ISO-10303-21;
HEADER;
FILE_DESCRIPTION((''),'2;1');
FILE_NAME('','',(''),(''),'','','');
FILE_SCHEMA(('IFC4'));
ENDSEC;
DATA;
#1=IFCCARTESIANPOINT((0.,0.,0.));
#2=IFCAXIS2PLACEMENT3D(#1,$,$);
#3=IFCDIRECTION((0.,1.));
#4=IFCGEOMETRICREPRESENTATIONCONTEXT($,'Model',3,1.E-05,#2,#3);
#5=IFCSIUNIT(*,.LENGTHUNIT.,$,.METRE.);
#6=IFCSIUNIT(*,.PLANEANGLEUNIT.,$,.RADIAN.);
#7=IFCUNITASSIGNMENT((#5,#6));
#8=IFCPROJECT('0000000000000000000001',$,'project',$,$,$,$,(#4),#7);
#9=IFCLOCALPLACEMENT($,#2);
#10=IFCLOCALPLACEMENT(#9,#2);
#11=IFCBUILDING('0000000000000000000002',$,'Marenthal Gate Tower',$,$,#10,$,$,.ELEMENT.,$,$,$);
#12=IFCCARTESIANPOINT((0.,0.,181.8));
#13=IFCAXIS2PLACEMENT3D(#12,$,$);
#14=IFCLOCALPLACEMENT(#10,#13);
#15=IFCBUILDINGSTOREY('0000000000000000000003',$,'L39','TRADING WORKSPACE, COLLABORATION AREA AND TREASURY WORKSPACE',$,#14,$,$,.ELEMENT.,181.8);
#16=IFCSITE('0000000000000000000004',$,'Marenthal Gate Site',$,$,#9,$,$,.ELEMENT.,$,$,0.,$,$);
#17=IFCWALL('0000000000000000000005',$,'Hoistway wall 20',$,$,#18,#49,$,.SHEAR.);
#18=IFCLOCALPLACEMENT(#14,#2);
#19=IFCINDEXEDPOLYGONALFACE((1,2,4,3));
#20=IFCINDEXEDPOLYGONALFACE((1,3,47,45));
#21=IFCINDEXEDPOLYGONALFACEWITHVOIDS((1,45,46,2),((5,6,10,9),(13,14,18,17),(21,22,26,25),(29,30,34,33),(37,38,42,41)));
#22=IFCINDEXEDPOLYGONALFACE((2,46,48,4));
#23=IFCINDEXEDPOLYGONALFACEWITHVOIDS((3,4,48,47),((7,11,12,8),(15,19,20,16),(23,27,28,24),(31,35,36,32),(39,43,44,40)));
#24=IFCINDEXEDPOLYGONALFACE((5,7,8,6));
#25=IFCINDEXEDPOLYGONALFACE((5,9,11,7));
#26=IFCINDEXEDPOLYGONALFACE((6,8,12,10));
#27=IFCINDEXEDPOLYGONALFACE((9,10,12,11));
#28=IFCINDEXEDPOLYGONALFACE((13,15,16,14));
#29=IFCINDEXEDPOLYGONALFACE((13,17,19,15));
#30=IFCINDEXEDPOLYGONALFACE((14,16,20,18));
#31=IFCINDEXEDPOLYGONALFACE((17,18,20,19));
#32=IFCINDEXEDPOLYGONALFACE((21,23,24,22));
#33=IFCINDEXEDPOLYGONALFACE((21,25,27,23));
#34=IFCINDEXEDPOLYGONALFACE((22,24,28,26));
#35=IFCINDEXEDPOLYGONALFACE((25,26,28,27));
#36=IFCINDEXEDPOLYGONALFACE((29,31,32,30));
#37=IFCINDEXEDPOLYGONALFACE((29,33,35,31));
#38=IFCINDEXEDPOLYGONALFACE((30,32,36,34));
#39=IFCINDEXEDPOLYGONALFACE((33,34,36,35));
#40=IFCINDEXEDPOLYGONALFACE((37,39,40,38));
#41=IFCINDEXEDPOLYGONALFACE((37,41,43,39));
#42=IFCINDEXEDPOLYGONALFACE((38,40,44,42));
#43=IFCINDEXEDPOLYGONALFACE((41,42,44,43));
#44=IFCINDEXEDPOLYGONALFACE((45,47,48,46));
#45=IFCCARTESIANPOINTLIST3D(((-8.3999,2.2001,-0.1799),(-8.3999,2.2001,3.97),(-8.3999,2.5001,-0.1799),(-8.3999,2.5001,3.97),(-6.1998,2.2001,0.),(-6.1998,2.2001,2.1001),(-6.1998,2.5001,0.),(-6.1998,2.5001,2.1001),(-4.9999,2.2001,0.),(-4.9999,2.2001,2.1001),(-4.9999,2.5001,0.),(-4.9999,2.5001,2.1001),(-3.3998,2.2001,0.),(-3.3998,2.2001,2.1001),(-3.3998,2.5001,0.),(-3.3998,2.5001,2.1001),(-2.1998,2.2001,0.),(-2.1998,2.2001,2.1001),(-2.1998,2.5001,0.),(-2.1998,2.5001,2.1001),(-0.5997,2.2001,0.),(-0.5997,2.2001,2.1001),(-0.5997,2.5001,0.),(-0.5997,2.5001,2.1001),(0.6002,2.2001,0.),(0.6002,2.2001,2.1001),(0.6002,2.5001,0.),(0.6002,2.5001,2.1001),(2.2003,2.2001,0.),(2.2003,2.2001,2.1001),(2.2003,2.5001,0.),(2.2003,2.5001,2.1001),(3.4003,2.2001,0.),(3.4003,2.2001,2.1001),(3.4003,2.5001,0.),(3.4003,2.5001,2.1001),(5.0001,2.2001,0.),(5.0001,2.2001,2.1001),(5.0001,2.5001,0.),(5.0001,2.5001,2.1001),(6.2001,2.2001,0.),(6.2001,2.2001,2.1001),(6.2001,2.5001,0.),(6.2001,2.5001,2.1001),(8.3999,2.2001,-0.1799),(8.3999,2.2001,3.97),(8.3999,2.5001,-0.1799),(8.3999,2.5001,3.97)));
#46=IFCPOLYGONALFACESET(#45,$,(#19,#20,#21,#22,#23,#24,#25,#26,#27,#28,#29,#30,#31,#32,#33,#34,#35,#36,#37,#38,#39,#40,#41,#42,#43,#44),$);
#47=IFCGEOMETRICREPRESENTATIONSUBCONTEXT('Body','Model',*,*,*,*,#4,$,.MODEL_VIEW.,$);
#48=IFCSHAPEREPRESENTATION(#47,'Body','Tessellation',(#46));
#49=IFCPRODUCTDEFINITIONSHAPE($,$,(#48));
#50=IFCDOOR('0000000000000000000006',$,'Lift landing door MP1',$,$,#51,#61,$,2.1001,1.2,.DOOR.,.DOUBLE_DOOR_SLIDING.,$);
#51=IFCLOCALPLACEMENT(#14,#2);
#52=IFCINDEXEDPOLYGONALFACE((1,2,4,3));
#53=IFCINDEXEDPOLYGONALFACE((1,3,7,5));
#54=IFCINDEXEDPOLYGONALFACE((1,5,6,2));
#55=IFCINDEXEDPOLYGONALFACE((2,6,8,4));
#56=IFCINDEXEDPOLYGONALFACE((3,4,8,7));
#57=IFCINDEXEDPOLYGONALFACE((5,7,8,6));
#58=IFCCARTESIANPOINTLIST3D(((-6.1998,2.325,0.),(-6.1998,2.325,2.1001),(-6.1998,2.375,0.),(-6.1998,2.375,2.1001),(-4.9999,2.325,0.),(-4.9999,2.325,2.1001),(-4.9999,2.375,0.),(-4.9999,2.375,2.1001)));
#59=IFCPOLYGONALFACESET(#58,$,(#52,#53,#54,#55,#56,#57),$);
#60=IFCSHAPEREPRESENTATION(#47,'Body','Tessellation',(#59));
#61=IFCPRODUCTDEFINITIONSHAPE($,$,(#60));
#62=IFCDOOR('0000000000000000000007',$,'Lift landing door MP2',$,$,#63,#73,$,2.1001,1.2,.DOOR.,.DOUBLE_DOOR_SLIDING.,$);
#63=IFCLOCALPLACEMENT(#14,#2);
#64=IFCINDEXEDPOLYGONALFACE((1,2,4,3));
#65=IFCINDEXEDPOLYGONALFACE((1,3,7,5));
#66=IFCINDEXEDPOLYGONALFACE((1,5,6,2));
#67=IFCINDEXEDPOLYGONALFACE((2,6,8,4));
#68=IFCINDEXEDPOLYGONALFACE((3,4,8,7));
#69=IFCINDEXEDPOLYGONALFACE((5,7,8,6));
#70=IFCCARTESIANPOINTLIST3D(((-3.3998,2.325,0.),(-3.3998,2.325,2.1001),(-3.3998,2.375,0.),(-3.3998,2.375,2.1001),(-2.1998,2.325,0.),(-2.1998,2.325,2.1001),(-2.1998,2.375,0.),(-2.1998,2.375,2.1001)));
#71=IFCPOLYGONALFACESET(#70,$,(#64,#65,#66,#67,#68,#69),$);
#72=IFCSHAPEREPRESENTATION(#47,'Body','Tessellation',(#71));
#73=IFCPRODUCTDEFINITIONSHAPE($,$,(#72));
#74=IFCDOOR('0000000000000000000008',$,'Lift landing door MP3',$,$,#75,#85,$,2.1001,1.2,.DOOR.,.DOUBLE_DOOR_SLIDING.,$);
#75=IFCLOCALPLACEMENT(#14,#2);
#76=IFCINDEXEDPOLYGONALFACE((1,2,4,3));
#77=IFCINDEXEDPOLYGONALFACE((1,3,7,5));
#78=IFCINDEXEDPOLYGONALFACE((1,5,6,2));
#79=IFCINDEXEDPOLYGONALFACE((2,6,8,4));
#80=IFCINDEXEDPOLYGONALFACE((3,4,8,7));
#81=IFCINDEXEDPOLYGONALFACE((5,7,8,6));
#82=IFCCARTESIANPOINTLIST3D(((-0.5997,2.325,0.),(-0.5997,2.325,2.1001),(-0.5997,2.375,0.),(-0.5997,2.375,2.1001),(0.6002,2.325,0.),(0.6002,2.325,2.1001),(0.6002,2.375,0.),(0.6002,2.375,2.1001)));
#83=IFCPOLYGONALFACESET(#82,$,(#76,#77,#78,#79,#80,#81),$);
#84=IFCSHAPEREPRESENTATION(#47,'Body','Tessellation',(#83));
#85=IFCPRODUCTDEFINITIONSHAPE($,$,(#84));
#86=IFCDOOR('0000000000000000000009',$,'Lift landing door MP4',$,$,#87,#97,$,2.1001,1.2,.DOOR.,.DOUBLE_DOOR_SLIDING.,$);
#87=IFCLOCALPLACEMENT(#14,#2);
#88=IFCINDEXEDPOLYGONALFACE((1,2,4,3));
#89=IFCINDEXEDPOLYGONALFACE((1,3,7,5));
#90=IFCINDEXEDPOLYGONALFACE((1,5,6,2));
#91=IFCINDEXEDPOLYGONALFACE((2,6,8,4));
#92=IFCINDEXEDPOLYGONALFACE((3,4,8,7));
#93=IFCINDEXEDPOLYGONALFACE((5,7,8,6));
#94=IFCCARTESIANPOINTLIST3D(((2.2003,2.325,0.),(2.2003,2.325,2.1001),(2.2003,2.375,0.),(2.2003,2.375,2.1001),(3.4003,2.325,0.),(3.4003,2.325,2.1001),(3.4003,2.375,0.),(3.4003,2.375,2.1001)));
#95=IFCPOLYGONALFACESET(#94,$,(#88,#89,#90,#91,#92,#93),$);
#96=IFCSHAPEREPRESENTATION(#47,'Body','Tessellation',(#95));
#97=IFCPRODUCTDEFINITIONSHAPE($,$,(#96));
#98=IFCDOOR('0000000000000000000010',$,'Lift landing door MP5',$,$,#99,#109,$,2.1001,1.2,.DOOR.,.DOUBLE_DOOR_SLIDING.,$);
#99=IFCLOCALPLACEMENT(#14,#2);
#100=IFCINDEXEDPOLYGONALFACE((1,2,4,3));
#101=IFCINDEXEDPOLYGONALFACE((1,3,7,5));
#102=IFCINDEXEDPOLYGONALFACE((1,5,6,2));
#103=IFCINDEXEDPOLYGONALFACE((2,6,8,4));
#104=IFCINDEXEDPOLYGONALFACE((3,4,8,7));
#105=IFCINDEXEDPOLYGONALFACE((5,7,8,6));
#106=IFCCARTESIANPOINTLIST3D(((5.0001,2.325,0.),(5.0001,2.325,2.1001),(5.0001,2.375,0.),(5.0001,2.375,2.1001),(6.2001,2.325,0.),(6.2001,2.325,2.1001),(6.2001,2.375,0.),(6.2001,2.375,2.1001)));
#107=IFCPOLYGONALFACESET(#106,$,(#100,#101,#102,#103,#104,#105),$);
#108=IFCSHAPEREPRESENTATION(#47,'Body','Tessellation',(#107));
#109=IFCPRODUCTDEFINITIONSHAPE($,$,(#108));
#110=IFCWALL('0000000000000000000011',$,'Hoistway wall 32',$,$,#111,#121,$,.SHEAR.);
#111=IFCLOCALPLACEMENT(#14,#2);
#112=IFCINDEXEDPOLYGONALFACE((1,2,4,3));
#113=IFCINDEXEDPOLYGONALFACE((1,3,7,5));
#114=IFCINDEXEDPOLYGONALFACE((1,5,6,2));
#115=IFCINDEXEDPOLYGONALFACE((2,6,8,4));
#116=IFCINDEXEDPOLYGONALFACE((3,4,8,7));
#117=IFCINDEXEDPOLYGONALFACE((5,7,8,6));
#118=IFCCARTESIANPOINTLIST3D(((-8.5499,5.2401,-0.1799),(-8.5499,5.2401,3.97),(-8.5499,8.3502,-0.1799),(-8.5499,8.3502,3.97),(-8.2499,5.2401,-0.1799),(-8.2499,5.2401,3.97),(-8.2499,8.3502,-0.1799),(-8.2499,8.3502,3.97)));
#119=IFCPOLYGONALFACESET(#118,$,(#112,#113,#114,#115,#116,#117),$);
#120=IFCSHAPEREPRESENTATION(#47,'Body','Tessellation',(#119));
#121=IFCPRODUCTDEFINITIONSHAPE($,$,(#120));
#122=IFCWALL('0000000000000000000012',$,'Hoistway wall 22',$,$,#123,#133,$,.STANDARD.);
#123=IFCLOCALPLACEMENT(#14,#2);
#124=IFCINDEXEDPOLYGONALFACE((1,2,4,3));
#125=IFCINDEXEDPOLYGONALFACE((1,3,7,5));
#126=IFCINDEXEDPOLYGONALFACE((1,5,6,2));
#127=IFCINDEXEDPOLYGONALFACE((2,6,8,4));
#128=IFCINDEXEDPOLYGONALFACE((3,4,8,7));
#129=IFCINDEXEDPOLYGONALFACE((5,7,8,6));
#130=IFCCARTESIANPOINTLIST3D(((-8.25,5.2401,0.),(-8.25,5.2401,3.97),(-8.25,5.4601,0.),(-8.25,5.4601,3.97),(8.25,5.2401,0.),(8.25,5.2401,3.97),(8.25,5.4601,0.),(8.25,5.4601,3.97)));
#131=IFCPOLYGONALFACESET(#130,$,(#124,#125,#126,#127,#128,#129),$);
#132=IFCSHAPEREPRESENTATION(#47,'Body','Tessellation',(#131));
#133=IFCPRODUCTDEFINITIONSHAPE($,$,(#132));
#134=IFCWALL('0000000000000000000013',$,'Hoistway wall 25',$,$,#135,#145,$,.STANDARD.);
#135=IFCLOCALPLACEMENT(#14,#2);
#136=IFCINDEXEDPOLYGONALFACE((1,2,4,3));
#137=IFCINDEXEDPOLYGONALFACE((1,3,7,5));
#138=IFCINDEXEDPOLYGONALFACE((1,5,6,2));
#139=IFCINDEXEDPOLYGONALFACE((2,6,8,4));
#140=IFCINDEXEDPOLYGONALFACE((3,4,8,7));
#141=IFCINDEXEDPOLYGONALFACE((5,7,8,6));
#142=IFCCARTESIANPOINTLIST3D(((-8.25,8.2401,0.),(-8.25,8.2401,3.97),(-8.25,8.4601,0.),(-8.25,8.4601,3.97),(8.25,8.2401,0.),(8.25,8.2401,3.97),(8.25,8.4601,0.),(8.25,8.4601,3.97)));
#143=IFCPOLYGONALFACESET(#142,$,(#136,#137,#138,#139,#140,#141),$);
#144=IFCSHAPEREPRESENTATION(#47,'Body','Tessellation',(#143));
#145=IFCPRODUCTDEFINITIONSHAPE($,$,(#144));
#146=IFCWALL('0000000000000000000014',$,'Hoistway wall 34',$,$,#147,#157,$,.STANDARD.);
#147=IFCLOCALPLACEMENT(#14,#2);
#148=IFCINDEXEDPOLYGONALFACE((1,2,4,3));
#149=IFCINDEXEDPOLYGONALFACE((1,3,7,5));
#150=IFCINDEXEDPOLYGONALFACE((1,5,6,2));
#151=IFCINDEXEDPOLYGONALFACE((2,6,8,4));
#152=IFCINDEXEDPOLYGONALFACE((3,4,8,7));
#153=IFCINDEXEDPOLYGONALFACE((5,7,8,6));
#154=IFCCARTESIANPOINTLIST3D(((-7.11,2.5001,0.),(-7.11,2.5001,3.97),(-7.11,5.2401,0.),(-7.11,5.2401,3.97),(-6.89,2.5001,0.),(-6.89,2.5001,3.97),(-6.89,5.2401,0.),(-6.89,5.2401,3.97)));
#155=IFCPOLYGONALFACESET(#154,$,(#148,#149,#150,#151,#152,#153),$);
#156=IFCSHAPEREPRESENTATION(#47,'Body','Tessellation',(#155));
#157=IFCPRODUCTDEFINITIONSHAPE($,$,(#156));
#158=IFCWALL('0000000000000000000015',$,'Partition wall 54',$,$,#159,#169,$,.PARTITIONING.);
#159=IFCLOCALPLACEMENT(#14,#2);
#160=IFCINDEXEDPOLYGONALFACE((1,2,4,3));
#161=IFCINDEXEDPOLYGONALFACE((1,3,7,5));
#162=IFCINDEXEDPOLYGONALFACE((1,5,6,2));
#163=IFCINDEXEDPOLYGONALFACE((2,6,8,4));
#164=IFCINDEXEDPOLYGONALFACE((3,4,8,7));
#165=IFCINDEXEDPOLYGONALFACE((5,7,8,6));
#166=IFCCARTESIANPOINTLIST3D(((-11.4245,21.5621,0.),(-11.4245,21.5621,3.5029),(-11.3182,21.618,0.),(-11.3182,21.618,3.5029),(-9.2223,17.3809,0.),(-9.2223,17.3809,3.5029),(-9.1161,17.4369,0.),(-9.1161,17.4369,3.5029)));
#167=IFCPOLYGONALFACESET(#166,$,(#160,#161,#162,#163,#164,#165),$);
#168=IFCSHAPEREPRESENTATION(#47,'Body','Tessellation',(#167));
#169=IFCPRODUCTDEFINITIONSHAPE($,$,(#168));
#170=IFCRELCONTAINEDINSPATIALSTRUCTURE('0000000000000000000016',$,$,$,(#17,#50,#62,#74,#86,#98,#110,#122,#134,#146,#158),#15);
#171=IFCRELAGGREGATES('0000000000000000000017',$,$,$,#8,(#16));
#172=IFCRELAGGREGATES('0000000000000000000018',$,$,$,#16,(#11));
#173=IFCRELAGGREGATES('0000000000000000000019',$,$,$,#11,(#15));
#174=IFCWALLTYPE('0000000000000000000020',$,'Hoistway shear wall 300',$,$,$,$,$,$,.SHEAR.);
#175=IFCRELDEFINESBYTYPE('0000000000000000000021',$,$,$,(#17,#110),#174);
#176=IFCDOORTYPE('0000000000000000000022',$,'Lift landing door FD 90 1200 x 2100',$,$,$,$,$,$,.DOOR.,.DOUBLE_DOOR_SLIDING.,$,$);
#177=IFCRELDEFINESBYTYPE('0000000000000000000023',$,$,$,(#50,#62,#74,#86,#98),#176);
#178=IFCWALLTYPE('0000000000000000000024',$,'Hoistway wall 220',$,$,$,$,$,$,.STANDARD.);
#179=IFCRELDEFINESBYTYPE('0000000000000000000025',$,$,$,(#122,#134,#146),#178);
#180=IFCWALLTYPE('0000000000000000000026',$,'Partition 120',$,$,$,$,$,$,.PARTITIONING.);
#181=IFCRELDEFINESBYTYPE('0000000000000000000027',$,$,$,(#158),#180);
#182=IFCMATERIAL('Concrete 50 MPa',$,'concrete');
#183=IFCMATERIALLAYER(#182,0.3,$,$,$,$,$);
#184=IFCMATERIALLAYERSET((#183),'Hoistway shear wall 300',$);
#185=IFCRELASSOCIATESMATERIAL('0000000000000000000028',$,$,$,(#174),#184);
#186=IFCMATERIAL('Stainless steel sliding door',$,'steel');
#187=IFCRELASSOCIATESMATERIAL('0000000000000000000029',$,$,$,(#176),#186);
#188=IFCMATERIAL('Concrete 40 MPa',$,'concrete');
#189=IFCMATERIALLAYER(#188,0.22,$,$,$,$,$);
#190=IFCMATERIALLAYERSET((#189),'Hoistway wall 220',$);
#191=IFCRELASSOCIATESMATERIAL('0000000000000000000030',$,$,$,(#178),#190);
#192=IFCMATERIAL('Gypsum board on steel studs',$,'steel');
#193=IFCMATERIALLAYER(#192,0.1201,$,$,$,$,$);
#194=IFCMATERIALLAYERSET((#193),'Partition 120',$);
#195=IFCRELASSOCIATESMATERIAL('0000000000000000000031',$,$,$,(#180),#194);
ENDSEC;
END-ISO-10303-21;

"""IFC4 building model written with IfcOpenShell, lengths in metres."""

from ifc_helpers import new_model, si_unit, direction, frame, frame_2d, origin, place, context, subcontext, project, spatial, rectangle, extrude, material, layer, layer_set, type_object, element, fill, save


model = new_model("IFC4")

# Units and contexts
model_context = context("Model", 3, precision=1e-05, world=origin(), true_north=direction((0.0, 1.0)))
body_context = subcontext(model_context, "Body", "Model", "MODEL_VIEW")
ifc_project = project(units=[si_unit("LENGTHUNIT", "METRE"), si_unit("PLANEANGLEUNIT", "RADIAN")], contexts=[model_context])

# Site, building, storey
site_placement = place(None, origin())
site = spatial("IfcSite", under=ifc_project, at=site_placement, Name="Marenthal Gate Site", CompositionType="ELEMENT", RefElevation=0.0)
building_placement = place(site_placement, origin())
building = spatial("IfcBuilding", under=site, at=building_placement, Name="Marenthal Gate Tower", CompositionType="ELEMENT")
storey_placement = place(building_placement, frame((0.0, 0.0, 181.8)))
storey = spatial("IfcBuildingStorey", under=building, at=storey_placement, Name="L39", Description="TRADING WORKSPACE, COLLABORATION AREA AND TREASURY WORKSPACE", CompositionType="ELEMENT", Elevation=181.8)

# Wall, openings, doors
ifc_material_1 = material(Name="Concrete 50 MPa", Category="concrete")
ifc_layer_1 = layer(ifc_material_1, 0.3)
ifc_layer_set_1 = layer_set([ifc_layer_1], Name="Hoistway shear wall 300")
wall_type_1 = type_object("IfcWallType", Name="Hoistway shear wall 300", PredefinedType="SHEAR", material=ifc_layer_set_1)
wall_1_placement = place(storey_placement, frame((-8.3999, 2.3501, -0.1799), z_axis=(0.0, 0.0, 1.0), x_axis=(1.0, 0.0, 0.0)))
wall_1 = element("IfcWall", 1, at=wall_1_placement, inside=storey, type_object=wall_type_1, Name="Hoistway wall 20", PredefinedType="SHEAR", context=body_context, shape_type="SweptSolid", body=[
    extrude(rectangle(XDim=16.7998, YDim=0.3, at=frame_2d((8.3999, 0.0))), origin(), (0.0, 0.0, 1.0), 4.1499),
])
opening_1_placement = place(wall_1_placement, frame((2.2, 0.0, 0.1799)))
opening_1 = element("IfcOpeningElement", 2, at=opening_1_placement, cuts=wall_1, PredefinedType="OPENING", context=body_context, shape_type="SweptSolid", body=[
    extrude(rectangle(XDim=1.2, YDim=2.1001, at=frame_2d((0.6001, 1.05))), frame((0.0, 0.1602, 0.0), z_axis=(0.0, -1.0, 0.0), x_axis=(1.0, 0.0, 0.0)), (0.0, 0.0, 1.0), 0.3201),
])
opening_2_placement = place(wall_1_placement, frame((5.0, 0.0, 0.1799)))
opening_2 = element("IfcOpeningElement", 3, at=opening_2_placement, cuts=wall_1, PredefinedType="OPENING", context=body_context, shape_type="SweptSolid", body=[
    extrude(rectangle(XDim=1.2, YDim=2.1001, at=frame_2d((0.6001, 1.05))), frame((0.0, 0.1602, 0.0), z_axis=(0.0, -1.0, 0.0), x_axis=(1.0, 0.0, 0.0)), (0.0, 0.0, 1.0), 0.3201),
])
opening_3_placement = place(wall_1_placement, frame((7.8, 0.0, 0.1799)))
opening_3 = element("IfcOpeningElement", 4, at=opening_3_placement, cuts=wall_1, PredefinedType="OPENING", context=body_context, shape_type="SweptSolid", body=[
    extrude(rectangle(XDim=1.2, YDim=2.1001, at=frame_2d((0.6001, 1.05))), frame((0.0, 0.1602, 0.0), z_axis=(0.0, -1.0, 0.0), x_axis=(1.0, 0.0, 0.0)), (0.0, 0.0, 1.0), 0.3201),
])
opening_4_placement = place(wall_1_placement, frame((10.6001, 0.0, 0.1799)))
opening_4 = element("IfcOpeningElement", 5, at=opening_4_placement, cuts=wall_1, PredefinedType="OPENING", context=body_context, shape_type="SweptSolid", body=[
    extrude(rectangle(XDim=1.2, YDim=2.1001, at=frame_2d((0.6001, 1.05))), frame((0.0, 0.1602, 0.0), z_axis=(0.0, -1.0, 0.0), x_axis=(1.0, 0.0, 0.0)), (0.0, 0.0, 1.0), 0.3201),
])
opening_5_placement = place(wall_1_placement, frame((13.3999, 0.0, 0.1799)))
opening_5 = element("IfcOpeningElement", 6, at=opening_5_placement, cuts=wall_1, PredefinedType="OPENING", context=body_context, shape_type="SweptSolid", body=[
    extrude(rectangle(XDim=1.2, YDim=2.1001, at=frame_2d((0.6001, 1.05))), frame((0.0, 0.1602, 0.0), z_axis=(0.0, -1.0, 0.0), x_axis=(1.0, 0.0, 0.0)), (0.0, 0.0, 1.0), 0.3201),
])
ifc_material_2 = material(Name="Stainless steel sliding door", Category="steel")
door_type = type_object("IfcDoorType", Name="Lift landing door FD 90 1200 x 2100", OperationType="DOUBLE_DOOR_SLIDING", PredefinedType="DOOR", material=ifc_material_2)
door_1_placement = place(opening_1_placement, origin())
door_1 = element("IfcDoor", 7, at=door_1_placement, inside=storey, type_object=door_type, Name="Lift landing door MP1", OperationType="DOUBLE_DOOR_SLIDING", OverallHeight=2.1001, OverallWidth=1.2, PredefinedType="DOOR", context=body_context, shape_type="SweptSolid", body=[
    extrude(rectangle(XDim=1.2, YDim=2.1001, at=frame_2d((0.6001, 1.05))), frame((0.0, 0.0249, 0.0), z_axis=(0.0, -1.0, 0.0), x_axis=(1.0, 0.0, 0.0)), (0.0, 0.0, 1.0), 0.05),
])
fill(opening_1, door_1)
door_2_placement = place(opening_2_placement, origin())
door_2 = element("IfcDoor", 8, at=door_2_placement, inside=storey, type_object=door_type, Name="Lift landing door MP2", OperationType="DOUBLE_DOOR_SLIDING", OverallHeight=2.1001, OverallWidth=1.2, PredefinedType="DOOR", context=body_context, shape_type="SweptSolid", body=[
    extrude(rectangle(XDim=1.2, YDim=2.1001, at=frame_2d((0.6001, 1.05))), frame((0.0, 0.0249, 0.0), z_axis=(0.0, -1.0, 0.0), x_axis=(1.0, 0.0, 0.0)), (0.0, 0.0, 1.0), 0.05),
])
fill(opening_2, door_2)
door_3_placement = place(opening_3_placement, origin())
door_3 = element("IfcDoor", 9, at=door_3_placement, inside=storey, type_object=door_type, Name="Lift landing door MP3", OperationType="DOUBLE_DOOR_SLIDING", OverallHeight=2.1001, OverallWidth=1.2, PredefinedType="DOOR", context=body_context, shape_type="SweptSolid", body=[
    extrude(rectangle(XDim=1.2, YDim=2.1001, at=frame_2d((0.6001, 1.05))), frame((0.0, 0.0249, 0.0), z_axis=(0.0, -1.0, 0.0), x_axis=(1.0, 0.0, 0.0)), (0.0, 0.0, 1.0), 0.05),
])
fill(opening_3, door_3)
door_4_placement = place(opening_4_placement, origin())
door_4 = element("IfcDoor", 10, at=door_4_placement, inside=storey, type_object=door_type, Name="Lift landing door MP4", OperationType="DOUBLE_DOOR_SLIDING", OverallHeight=2.1001, OverallWidth=1.2, PredefinedType="DOOR", context=body_context, shape_type="SweptSolid", body=[
    extrude(rectangle(XDim=1.2, YDim=2.1001, at=frame_2d((0.6001, 1.05))), frame((0.0, 0.0249, 0.0), z_axis=(0.0, -1.0, 0.0), x_axis=(1.0, 0.0, 0.0)), (0.0, 0.0, 1.0), 0.05),
])
fill(opening_4, door_4)
door_5_placement = place(opening_5_placement, origin())
door_5 = element("IfcDoor", 11, at=door_5_placement, inside=storey, type_object=door_type, Name="Lift landing door MP5", OperationType="DOUBLE_DOOR_SLIDING", OverallHeight=2.1001, OverallWidth=1.2, PredefinedType="DOOR", context=body_context, shape_type="SweptSolid", body=[
    extrude(rectangle(XDim=1.2, YDim=2.1001, at=frame_2d((0.6001, 1.05))), frame((0.0, 0.0249, 0.0), z_axis=(0.0, -1.0, 0.0), x_axis=(1.0, 0.0, 0.0)), (0.0, 0.0, 1.0), 0.05),
])
fill(opening_5, door_5)

# Walls
wall_2_placement = place(storey_placement, frame((-8.3999, 5.24, -0.1799), z_axis=(0.0, 0.0, 1.0), x_axis=(0.0, 1.0, 0.0)))
element("IfcWall", 12, at=wall_2_placement, inside=storey, type_object=wall_type_1, Name="Hoistway wall 32", PredefinedType="SHEAR", context=body_context, shape_type="SweptSolid", body=[
    extrude(rectangle(XDim=3.1101, YDim=0.3, at=frame_2d((1.5552, 0.0))), origin(), (0.0, 0.0, 1.0), 4.1499),
])
ifc_material_3 = material(Name="Concrete 40 MPa", Category="concrete")
ifc_layer_2 = layer(ifc_material_3, 0.22)
ifc_layer_set_2 = layer_set([ifc_layer_2], Name="Hoistway wall 220")
wall_type_2 = type_object("IfcWallType", Name="Hoistway wall 220", PredefinedType="STANDARD", material=ifc_layer_set_2)
for number, where, z_axis, x_axis, name in (
    (13, (-8.25, 5.3501, 0.0), (0.0, 0.0, 1.0), (1.0, 0.0, 0.0), "Hoistway wall 22"),
    (14, (-8.25, 8.3501, 0.0), (0.0, 0.0, 1.0), (1.0, 0.0, 0.0), "Hoistway wall 25"),
):
    element("IfcWall", number, at=place(storey_placement, frame(where, z_axis=z_axis, x_axis=x_axis)), inside=storey, type_object=wall_type_2, Name=name, PredefinedType="STANDARD", context=body_context, shape_type="SweptSolid", body=[
        extrude(rectangle(XDim=16.5, YDim=0.22, at=frame_2d((8.25, 0.0))), origin(), (0.0, 0.0, 1.0), 3.97),
    ])
wall_3_placement = place(storey_placement, frame((-7.0, 2.5, 0.0), z_axis=(0.0, 0.0, 1.0), x_axis=(0.0, 1.0, 0.0)))
element("IfcWall", 15, at=wall_3_placement, inside=storey, type_object=wall_type_2, Name="Hoistway wall 34", PredefinedType="STANDARD", context=body_context, shape_type="SweptSolid", body=[
    extrude(rectangle(XDim=2.74, YDim=0.22, at=frame_2d((1.3701, 0.0))), origin(), (0.0, 0.0, 1.0), 3.97),
])
ifc_material_4 = material(Name="Gypsum board on steel studs", Category="steel")
ifc_layer_3 = layer(ifc_material_4, 0.1201)
ifc_layer_set_3 = layer_set([ifc_layer_3], Name="Partition 120")
wall_type_3 = type_object("IfcWallType", Name="Partition 120", PredefinedType="PARTITIONING", material=ifc_layer_set_3)
wall_4_placement = place(storey_placement, frame((-9.1692, 17.4089, 0.0), z_axis=(0.0, 0.0, 1.0), x_axis=(-0.466002, 0.884784, 0.0)))
element("IfcWall", 16, at=wall_4_placement, inside=storey, type_object=wall_type_3, Name="Partition wall 54", PredefinedType="PARTITIONING", context=body_context, shape_type="SweptSolid", body=[
    extrude(rectangle(XDim=4.7256, YDim=0.1201, at=frame_2d((2.3628, 0.0))), origin(), (0.0, 0.0, 1.0), 3.5029),
])

save(model, "model.ifc")
